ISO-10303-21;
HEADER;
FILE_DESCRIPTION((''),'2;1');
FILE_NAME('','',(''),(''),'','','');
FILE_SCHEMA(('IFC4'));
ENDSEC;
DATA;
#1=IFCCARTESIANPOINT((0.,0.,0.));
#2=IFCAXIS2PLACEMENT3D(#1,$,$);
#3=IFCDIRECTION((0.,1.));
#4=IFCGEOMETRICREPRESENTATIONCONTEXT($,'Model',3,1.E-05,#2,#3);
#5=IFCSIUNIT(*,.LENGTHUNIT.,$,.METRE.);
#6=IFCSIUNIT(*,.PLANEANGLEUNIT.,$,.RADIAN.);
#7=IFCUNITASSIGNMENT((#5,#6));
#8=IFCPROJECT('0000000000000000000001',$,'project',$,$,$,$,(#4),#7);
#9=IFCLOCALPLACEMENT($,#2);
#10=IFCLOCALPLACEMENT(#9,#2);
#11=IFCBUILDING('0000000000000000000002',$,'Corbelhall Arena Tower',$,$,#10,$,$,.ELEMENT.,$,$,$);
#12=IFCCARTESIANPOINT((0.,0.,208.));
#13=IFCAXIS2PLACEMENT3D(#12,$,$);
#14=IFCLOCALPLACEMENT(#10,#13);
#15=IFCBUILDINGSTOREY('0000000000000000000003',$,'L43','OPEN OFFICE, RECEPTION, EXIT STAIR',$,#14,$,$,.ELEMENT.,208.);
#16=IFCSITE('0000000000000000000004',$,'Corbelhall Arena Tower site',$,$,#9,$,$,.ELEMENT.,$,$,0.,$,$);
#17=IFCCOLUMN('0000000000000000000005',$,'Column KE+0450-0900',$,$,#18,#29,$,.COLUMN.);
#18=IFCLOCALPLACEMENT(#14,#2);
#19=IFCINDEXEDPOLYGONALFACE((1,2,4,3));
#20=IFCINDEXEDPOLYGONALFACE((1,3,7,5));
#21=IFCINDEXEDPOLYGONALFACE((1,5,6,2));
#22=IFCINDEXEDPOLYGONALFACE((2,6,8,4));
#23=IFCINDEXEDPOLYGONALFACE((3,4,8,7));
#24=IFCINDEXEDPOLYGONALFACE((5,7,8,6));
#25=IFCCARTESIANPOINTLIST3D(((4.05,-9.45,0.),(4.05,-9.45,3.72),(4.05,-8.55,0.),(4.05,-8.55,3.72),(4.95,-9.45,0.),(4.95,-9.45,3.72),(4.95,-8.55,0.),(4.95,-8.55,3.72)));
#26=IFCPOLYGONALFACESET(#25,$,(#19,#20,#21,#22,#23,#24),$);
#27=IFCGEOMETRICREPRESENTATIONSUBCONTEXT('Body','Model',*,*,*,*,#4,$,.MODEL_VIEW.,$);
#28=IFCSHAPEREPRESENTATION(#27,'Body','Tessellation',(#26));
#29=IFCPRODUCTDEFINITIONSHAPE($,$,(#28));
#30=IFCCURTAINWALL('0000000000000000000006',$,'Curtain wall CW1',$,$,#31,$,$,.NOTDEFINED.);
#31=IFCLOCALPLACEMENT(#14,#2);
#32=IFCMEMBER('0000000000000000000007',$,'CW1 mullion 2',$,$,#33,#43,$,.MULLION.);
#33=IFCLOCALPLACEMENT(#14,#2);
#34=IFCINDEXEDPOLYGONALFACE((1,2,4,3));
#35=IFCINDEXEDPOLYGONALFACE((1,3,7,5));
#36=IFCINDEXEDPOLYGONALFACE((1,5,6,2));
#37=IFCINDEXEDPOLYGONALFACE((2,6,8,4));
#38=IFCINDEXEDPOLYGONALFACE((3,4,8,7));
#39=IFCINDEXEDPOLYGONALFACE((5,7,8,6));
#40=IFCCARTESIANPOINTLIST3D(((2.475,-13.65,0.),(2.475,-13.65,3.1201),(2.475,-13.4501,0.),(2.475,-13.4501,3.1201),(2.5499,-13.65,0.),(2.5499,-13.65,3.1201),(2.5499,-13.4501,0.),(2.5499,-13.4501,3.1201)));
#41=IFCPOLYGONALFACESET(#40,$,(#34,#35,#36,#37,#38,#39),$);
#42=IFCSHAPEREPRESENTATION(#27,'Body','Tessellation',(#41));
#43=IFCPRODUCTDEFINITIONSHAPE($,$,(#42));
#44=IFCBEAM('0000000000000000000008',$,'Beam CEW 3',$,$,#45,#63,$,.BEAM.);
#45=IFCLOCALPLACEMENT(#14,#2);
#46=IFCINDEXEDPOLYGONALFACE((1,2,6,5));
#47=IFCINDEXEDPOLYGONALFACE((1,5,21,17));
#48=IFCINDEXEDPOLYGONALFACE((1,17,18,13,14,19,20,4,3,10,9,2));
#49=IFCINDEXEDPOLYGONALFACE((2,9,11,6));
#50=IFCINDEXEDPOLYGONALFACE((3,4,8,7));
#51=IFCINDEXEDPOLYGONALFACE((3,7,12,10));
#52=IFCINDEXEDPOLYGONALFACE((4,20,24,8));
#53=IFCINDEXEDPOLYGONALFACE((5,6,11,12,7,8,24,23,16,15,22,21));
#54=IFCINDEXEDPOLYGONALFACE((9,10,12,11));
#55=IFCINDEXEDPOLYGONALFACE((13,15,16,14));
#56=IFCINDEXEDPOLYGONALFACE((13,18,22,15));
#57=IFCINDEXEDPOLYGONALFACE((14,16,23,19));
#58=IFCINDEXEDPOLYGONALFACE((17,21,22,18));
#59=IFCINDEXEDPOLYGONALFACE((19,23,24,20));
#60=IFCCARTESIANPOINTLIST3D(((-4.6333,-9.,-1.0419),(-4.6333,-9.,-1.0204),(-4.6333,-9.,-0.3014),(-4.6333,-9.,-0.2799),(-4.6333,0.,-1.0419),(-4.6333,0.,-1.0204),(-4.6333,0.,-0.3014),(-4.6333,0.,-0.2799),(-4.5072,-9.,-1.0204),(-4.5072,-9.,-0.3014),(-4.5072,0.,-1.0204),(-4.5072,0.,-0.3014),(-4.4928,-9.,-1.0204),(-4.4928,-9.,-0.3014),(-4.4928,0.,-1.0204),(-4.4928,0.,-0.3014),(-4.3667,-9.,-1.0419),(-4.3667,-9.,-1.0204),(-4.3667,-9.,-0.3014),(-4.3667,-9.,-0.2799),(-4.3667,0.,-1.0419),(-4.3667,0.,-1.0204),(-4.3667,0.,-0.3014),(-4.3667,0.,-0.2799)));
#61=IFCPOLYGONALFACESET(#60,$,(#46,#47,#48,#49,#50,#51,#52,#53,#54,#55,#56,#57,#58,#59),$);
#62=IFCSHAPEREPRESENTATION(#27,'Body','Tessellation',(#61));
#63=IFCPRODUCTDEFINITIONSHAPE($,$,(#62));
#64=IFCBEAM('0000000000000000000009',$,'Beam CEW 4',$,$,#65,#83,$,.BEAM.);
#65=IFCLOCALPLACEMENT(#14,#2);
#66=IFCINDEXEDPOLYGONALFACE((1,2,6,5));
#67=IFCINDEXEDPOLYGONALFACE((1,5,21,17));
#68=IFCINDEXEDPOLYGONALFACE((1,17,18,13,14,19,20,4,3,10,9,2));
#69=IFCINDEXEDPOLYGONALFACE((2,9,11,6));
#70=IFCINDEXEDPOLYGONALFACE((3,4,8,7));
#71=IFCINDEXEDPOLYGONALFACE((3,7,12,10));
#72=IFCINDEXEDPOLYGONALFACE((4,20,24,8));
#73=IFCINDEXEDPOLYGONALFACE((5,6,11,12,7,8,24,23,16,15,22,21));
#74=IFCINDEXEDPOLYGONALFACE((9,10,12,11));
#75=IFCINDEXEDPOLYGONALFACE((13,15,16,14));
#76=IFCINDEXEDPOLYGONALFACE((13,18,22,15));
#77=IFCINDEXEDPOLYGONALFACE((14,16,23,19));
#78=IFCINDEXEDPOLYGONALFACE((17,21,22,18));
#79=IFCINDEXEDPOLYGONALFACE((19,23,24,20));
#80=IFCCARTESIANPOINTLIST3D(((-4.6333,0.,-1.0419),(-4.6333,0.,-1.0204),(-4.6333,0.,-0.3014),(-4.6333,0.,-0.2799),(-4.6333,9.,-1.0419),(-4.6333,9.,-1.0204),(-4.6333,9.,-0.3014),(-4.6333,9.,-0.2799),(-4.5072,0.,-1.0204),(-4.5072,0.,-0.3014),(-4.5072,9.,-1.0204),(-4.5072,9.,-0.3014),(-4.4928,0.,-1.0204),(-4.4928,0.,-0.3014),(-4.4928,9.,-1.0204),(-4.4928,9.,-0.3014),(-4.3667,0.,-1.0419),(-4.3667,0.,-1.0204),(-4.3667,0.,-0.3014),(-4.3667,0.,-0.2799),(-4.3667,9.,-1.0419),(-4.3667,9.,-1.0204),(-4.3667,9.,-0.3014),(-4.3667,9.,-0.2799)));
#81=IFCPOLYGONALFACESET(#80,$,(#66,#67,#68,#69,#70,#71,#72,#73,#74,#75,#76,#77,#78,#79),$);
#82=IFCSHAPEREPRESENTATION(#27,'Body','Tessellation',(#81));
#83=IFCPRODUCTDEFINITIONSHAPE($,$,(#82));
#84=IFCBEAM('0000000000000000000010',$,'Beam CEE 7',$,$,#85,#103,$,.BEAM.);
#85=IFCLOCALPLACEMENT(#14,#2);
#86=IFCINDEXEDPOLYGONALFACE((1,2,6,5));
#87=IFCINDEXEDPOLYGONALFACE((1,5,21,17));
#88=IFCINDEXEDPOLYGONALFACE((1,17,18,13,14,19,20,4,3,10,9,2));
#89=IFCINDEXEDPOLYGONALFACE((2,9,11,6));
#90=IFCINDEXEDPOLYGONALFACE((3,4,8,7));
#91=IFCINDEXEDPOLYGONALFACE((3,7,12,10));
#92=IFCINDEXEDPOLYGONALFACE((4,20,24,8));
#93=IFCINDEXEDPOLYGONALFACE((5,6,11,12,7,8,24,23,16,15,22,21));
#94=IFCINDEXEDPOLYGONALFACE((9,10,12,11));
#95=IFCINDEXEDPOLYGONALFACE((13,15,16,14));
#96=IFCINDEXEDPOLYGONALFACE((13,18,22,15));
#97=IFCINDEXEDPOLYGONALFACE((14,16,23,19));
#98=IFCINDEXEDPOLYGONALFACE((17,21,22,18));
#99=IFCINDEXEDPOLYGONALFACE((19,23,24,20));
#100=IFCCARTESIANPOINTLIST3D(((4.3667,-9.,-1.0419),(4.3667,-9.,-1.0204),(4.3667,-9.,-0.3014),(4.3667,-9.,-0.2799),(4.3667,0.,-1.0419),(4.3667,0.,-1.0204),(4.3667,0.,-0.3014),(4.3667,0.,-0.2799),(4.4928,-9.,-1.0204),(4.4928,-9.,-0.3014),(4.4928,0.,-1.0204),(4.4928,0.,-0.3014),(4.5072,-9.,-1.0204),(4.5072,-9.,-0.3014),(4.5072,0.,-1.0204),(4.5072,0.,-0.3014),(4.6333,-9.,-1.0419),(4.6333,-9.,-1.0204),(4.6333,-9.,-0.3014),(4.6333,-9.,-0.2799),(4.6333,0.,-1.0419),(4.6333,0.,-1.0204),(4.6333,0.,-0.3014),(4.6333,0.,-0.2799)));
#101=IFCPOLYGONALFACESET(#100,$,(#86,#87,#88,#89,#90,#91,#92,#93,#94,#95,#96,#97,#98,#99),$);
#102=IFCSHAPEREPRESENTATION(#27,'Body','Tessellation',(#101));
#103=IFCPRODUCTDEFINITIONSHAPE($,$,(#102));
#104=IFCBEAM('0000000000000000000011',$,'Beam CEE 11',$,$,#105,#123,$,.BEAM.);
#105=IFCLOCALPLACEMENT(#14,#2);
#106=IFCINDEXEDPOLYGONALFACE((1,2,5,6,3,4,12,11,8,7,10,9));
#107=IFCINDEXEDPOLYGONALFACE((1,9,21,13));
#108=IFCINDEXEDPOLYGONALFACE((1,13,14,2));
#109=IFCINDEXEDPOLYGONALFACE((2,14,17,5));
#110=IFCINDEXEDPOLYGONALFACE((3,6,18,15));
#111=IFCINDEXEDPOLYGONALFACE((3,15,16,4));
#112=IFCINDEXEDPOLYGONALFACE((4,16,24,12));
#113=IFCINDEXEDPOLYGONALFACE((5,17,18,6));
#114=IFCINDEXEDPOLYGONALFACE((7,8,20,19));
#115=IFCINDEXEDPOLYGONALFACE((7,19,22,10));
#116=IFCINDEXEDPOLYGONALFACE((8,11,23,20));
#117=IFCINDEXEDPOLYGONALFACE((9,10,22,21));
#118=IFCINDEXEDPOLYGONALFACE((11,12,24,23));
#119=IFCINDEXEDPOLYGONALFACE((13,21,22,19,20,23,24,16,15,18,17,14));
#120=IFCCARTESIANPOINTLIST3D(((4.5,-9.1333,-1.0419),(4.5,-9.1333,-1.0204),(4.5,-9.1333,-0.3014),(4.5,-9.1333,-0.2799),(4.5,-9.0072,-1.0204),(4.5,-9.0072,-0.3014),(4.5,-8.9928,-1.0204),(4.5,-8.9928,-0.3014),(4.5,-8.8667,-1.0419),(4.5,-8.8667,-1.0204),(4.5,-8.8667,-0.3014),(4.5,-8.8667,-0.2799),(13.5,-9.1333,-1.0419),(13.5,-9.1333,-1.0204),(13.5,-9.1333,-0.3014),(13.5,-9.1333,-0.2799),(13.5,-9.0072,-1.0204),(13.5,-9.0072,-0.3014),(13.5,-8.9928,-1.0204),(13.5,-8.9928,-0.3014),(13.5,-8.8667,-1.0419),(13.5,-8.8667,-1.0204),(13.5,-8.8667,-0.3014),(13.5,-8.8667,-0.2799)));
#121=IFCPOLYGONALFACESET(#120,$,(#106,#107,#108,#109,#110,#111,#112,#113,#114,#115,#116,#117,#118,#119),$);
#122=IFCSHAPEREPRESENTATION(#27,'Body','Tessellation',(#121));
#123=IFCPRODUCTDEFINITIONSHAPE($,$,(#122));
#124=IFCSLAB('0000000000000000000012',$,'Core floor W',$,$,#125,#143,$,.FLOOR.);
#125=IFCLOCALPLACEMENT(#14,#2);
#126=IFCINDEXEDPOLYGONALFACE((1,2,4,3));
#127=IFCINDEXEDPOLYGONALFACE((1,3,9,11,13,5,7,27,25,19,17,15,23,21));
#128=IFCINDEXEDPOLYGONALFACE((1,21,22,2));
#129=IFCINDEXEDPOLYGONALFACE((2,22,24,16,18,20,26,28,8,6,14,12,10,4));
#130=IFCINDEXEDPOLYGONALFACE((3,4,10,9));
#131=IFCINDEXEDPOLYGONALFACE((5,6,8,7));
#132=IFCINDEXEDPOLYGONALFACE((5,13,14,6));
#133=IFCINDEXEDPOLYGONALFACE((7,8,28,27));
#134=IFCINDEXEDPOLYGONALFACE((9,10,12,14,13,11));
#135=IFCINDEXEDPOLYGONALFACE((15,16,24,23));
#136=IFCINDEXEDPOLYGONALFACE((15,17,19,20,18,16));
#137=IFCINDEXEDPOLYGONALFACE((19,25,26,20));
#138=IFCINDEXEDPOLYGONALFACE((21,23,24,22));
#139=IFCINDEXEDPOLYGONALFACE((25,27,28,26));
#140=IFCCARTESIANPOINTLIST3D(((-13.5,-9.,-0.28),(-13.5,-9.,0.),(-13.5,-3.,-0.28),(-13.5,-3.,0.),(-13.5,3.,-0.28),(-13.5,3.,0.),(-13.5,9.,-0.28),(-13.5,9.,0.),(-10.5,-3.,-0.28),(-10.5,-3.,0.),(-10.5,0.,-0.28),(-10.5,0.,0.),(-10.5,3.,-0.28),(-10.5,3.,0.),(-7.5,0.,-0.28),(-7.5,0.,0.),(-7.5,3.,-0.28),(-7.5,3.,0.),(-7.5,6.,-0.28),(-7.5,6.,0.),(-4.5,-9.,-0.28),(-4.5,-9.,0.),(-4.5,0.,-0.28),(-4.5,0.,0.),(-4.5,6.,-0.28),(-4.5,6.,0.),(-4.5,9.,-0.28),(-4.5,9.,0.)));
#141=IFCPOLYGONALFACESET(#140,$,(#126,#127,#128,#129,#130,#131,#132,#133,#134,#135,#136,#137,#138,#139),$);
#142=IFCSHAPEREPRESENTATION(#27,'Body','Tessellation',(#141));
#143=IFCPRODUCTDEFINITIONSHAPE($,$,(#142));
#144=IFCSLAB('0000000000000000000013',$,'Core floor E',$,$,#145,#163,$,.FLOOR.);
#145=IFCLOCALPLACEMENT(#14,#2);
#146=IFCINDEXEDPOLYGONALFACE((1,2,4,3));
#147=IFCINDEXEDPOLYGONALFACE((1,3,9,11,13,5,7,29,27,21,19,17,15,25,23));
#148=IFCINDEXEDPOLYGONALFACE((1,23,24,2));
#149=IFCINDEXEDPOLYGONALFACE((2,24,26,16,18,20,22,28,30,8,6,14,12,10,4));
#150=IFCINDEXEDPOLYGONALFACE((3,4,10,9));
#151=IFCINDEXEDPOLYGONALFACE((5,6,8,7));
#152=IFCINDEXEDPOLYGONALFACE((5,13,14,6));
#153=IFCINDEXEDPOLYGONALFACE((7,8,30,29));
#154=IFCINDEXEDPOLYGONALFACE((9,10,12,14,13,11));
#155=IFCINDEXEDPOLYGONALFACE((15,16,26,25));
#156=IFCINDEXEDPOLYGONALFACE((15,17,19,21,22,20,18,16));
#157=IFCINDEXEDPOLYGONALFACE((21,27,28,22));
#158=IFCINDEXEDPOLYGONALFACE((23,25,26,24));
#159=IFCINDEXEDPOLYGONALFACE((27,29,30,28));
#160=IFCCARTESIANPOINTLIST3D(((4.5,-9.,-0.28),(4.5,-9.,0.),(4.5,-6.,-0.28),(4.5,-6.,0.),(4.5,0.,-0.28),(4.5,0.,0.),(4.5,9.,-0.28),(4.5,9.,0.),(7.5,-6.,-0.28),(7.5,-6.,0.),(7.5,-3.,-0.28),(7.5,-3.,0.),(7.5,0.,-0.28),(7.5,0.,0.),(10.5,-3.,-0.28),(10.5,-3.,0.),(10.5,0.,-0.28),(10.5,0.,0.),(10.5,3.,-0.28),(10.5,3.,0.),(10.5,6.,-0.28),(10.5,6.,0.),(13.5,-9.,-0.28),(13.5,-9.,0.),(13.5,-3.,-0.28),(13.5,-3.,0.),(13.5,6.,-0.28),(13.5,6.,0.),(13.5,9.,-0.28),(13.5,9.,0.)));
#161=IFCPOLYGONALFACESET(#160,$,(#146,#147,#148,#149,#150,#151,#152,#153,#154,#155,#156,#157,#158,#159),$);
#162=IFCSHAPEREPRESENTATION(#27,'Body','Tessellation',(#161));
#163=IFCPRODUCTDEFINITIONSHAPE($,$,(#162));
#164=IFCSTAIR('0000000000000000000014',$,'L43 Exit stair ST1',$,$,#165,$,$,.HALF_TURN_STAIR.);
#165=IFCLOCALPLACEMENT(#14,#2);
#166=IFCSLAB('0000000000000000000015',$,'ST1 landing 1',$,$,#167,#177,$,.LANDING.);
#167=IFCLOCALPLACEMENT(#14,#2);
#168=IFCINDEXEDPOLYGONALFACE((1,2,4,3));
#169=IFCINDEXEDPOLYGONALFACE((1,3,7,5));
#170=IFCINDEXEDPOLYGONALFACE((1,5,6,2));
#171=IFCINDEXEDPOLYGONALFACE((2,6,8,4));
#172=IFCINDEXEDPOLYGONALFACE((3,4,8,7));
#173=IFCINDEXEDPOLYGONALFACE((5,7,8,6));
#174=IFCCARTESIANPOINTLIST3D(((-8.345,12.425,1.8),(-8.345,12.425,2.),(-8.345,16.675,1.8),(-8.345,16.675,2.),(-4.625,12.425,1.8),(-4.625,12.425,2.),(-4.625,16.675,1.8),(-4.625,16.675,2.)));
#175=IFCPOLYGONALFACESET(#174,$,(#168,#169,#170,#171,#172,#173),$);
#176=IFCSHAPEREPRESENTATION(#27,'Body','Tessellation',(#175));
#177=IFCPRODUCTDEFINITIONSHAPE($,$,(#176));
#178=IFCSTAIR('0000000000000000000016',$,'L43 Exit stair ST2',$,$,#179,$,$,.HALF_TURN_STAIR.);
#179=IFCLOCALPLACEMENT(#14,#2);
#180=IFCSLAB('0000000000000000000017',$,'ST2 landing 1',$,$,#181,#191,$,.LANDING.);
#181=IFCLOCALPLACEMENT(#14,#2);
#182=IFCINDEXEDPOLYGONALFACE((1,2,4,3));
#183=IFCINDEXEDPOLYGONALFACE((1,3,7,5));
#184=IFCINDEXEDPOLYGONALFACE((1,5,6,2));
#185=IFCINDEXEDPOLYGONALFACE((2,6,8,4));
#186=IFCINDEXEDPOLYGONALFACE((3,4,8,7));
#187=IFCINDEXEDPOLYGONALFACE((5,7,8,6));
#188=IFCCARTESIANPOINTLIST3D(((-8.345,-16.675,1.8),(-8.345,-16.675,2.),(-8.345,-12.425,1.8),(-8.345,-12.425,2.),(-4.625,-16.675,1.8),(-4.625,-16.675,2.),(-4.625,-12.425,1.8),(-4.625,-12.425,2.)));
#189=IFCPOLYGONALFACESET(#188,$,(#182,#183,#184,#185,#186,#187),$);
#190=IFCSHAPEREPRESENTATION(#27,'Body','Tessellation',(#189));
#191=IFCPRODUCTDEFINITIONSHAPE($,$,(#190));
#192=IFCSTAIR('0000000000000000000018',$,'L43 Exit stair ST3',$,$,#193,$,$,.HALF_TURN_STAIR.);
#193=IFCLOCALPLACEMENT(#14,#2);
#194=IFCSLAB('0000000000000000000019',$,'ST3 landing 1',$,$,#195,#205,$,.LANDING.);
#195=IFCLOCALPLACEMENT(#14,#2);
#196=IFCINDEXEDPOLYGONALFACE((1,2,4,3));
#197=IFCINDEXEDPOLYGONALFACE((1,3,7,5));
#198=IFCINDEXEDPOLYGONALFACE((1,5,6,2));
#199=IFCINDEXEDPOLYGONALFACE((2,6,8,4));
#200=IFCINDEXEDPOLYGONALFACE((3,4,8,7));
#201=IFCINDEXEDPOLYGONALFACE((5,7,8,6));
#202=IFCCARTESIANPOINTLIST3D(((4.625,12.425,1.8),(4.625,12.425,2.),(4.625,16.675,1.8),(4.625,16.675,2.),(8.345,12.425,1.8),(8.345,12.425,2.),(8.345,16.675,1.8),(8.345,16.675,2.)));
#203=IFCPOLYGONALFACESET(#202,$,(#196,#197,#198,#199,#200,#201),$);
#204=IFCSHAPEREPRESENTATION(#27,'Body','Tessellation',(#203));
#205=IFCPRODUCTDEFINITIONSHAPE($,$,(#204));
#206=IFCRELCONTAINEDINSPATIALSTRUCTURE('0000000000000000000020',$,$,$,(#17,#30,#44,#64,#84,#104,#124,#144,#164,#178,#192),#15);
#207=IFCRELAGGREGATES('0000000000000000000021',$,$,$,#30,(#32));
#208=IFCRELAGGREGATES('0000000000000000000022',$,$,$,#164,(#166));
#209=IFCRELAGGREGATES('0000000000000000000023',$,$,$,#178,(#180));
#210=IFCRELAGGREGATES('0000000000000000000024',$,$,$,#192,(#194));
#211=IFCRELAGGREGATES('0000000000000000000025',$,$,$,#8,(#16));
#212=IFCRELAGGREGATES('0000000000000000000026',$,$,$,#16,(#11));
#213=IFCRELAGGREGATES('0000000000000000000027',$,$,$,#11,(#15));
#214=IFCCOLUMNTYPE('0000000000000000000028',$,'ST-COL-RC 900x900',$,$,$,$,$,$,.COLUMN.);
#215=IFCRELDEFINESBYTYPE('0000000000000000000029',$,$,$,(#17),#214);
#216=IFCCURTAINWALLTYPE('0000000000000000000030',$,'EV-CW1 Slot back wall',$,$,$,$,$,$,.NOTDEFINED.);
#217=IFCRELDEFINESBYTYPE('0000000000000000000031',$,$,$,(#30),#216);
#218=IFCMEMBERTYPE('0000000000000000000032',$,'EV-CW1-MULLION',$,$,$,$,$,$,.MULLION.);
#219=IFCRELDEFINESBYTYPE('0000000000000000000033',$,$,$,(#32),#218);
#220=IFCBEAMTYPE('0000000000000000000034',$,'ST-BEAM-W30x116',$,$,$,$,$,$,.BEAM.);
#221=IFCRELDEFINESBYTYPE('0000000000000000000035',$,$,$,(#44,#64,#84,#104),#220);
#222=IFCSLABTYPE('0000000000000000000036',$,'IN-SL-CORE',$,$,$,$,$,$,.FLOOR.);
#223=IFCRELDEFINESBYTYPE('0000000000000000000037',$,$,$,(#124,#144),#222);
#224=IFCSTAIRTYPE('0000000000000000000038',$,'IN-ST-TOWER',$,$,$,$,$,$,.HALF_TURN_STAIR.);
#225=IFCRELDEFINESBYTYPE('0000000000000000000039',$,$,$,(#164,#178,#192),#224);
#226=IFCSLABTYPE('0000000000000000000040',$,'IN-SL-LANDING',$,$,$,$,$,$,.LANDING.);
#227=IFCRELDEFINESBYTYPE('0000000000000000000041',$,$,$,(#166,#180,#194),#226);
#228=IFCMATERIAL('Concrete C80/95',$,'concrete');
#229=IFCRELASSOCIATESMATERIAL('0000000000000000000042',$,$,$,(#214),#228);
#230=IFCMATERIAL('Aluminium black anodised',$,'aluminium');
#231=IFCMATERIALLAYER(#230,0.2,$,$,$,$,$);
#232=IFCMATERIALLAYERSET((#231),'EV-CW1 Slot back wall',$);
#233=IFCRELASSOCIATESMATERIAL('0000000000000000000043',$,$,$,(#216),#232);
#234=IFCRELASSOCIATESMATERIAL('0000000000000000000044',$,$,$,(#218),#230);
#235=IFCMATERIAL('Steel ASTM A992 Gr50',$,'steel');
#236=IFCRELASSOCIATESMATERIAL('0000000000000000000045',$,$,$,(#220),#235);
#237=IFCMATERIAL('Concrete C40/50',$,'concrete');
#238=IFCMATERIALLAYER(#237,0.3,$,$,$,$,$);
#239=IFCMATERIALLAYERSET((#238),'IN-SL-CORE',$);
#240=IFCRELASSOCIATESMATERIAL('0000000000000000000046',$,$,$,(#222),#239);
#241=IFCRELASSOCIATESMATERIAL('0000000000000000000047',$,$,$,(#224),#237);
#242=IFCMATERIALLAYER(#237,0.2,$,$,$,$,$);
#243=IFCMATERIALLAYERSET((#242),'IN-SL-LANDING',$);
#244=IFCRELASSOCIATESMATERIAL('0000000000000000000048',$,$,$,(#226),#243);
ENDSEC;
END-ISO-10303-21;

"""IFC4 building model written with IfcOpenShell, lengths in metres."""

from ifc_helpers import new_model, si_unit, direction, frame, origin, origin_2d, place, context, subcontext, project, spatial, polyline, rectangle, i_section, outline, extrude, material, layer, layer_set, material_profile, profile_set, type_object, element, aggregate, save


model = new_model("IFC4")

# Units and contexts
model_context = context("Model", 3, precision=1e-05, world=origin(), true_north=direction((0.0, 1.0)))
body_context = subcontext(model_context, "Body", "Model", "MODEL_VIEW")
ifc_project = project(units=[si_unit("LENGTHUNIT", "METRE"), si_unit("PLANEANGLEUNIT", "RADIAN")], contexts=[model_context])

# Site, building, storey
site_placement = place(None, origin())
site = spatial("IfcSite", under=ifc_project, at=site_placement, Name="Corbelhall Arena Tower site", CompositionType="ELEMENT", RefElevation=0.0)
building_placement = place(site_placement, origin())
building = spatial("IfcBuilding", under=site, at=building_placement, Name="Corbelhall Arena Tower", CompositionType="ELEMENT")
storey_placement = place(building_placement, frame((0.0, 0.0, 208.0)))
storey = spatial("IfcBuildingStorey", under=building, at=storey_placement, Name="L43", Description="OPEN OFFICE, RECEPTION, EXIT STAIR", CompositionType="ELEMENT", Elevation=208.0)

# Column
ifc_material_1 = material(Name="Concrete C80/95", Category="concrete")
ifc_material_profile_1 = material_profile(ifc_material_1, rectangle(XDim=0.8999, YDim=0.8999, at=origin_2d()))
ifc_profile_set_1 = profile_set([ifc_material_profile_1], Name="Concrete C80/95")
column_type = type_object("IfcColumnType", Name="ST-COL-RC 900x900", PredefinedType="COLUMN", material=ifc_profile_set_1)
column_placement = place(storey_placement, frame((4.5, -9.0, 0.0), z_axis=(0.0, 0.0, 1.0), x_axis=(1.0, 0.0, 0.0)))
element("IfcColumn", 1, at=column_placement, inside=storey, type_object=column_type, Name="Column KE+0450-0900", PredefinedType="COLUMN", context=body_context, shape_type="SweptSolid", body=[
    extrude(rectangle(XDim=0.8999, YDim=0.8999, at=origin_2d()), origin(), (0.0, 0.0, 1.0), 3.72),
])

# Curtain wall, member
ifc_material_2 = material(Name="Aluminium black anodised", Category="aluminium")
ifc_layer_1 = layer(ifc_material_2, 0.2)
ifc_layer_set_1 = layer_set([ifc_layer_1], Name="EV-CW1 Slot back wall")
curtain_wall_type = type_object("IfcCurtainWallType", Name="EV-CW1 Slot back wall", PredefinedType="NOTDEFINED", material=ifc_layer_set_1)
curtain_wall_placement = place(storey_placement, origin())
curtain_wall = element("IfcCurtainWall", 2, at=curtain_wall_placement, inside=storey, type_object=curtain_wall_type, Name="Curtain wall CW1", PredefinedType="NOTDEFINED")
ifc_material_profile_2 = material_profile(ifc_material_2, rectangle(XDim=0.2, YDim=0.075, at=origin_2d()))
ifc_profile_set_2 = profile_set([ifc_material_profile_2], Name="Aluminium black anodised")
member_type = type_object("IfcMemberType", Name="EV-CW1-MULLION", PredefinedType="MULLION", material=ifc_profile_set_2)
member_placement = place(storey_placement, frame((2.5125, -13.55, 0.0), z_axis=(0.0, 0.0, 1.0), x_axis=(0.0, 1.0, 0.0)))
member = element("IfcMember", 3, at=member_placement, type_object=member_type, Name="CW1 mullion 2", PredefinedType="MULLION", context=body_context, shape_type="SweptSolid", body=[
    extrude(rectangle(XDim=0.2, YDim=0.075, at=origin_2d()), origin(), (0.0, 0.0, 1.0), 3.1201),
])
aggregate(curtain_wall, [member])

# Beams
ifc_material_3 = material(Name="Steel ASTM A992 Gr50", Category="steel")
ifc_material_profile_3 = material_profile(ifc_material_3, i_section(OverallWidth=0.2666, OverallDepth=0.762, WebThickness=0.0144, FlangeThickness=0.0215, at=origin_2d()))
ifc_profile_set_3 = profile_set([ifc_material_profile_3], Name="Steel ASTM A992 Gr50")
beam_type = type_object("IfcBeamType", Name="ST-BEAM-W30x116", PredefinedType="BEAM", material=ifc_profile_set_3)
for number, where, z_axis, x_axis, name in (
    (4, (-4.5, -9.0, -0.6609), (0.0, 1.0, 0.0), (-1.0, 0.0, 0.0), "Beam CEW 3"),
    (5, (-4.5, 0.0, -0.6609), (0.0, 1.0, 0.0), (-1.0, 0.0, 0.0), "Beam CEW 4"),
    (6, (4.5, -9.0, -0.6609), (0.0, 1.0, 0.0), (-1.0, 0.0, 0.0), "Beam CEE 7"),
    (7, (4.5, -9.0, -0.6609), (1.0, 0.0, 0.0), (0.0, 1.0, 0.0), "Beam CEE 11"),
):
    element("IfcBeam", number, at=place(storey_placement, frame(where, z_axis=z_axis, x_axis=x_axis)), inside=storey, type_object=beam_type, Name=name, PredefinedType="BEAM", context=body_context, shape_type="SweptSolid", body=[
        extrude(i_section(OverallWidth=0.2666, OverallDepth=0.762, WebThickness=0.0144, FlangeThickness=0.0215, at=origin_2d()), origin(), (0.0, 0.0, 1.0), 9.0),
    ])

# Slabs
ifc_material_4 = material(Name="Concrete C40/50", Category="concrete")
ifc_layer_2 = layer(ifc_material_4, 0.3)
ifc_layer_set_2 = layer_set([ifc_layer_2], Name="IN-SL-CORE")
slab_type_1 = type_object("IfcSlabType", Name="IN-SL-CORE", PredefinedType="FLOOR", material=ifc_layer_set_2)
slab_1_placement = place(storey_placement, frame((0.0, 0.0, -0.28)))
element("IfcSlab", 8, at=slab_1_placement, inside=storey, type_object=slab_type_1, Name="Core floor W", PredefinedType="FLOOR", context=body_context, shape_type="SweptSolid", body=[
    extrude(outline(polyline([(-10.5, -3.0), (-13.5, -3.0), (-13.5, -9.0), (-4.5, -9.0), (-4.5, 0.0), (-7.5, 0.0), (-7.5, 3.0), (-7.5, 6.0), (-4.5, 6.0), (-4.5, 9.0), (-13.5, 9.0), (-13.5, 3.0), (-10.5, 3.0), (-10.5, 0.0), (-10.5, -3.0)])), origin(), (0.0, 0.0, 1.0), 0.28),
])
slab_2_placement = place(storey_placement, frame((0.0, 0.0, -0.28)))
element("IfcSlab", 9, at=slab_2_placement, inside=storey, type_object=slab_type_1, Name="Core floor E", PredefinedType="FLOOR", context=body_context, shape_type="SweptSolid", body=[
    extrude(outline(polyline([(13.5, -3.0), (10.5, -3.0), (10.5, 0.0), (10.5, 3.0), (10.5, 6.0), (13.5, 6.0), (13.5, 9.0), (4.5, 9.0), (4.5, 0.0), (7.5, 0.0), (7.5, -3.0), (7.5, -6.0), (4.5, -6.0), (4.5, -9.0), (13.5, -9.0), (13.5, -3.0)])), origin(), (0.0, 0.0, 1.0), 0.28),
])

# Stairs, slabs
stair_type = type_object("IfcStairType", Name="IN-ST-TOWER", PredefinedType="HALF_TURN_STAIR", material=ifc_material_4)
stair_1_placement = place(storey_placement, origin())
stair_1 = element("IfcStair", 10, at=stair_1_placement, inside=storey, type_object=stair_type, Name="L43 Exit stair ST1", PredefinedType="HALF_TURN_STAIR")
ifc_layer_3 = layer(ifc_material_4, 0.2)
ifc_layer_set_3 = layer_set([ifc_layer_3], Name="IN-SL-LANDING")
slab_type_2 = type_object("IfcSlabType", Name="IN-SL-LANDING", PredefinedType="LANDING", material=ifc_layer_set_3)
slab_3_placement = place(storey_placement, frame((0.0, 0.0, 1.8)))
slab_3 = element("IfcSlab", 11, at=slab_3_placement, type_object=slab_type_2, Name="ST1 landing 1", PredefinedType="LANDING", context=body_context, shape_type="SweptSolid", body=[
    extrude(outline(polyline([(-8.345, 12.425), (-4.625, 12.425), (-4.625, 16.675), (-8.345, 16.675), (-8.345, 12.425)])), origin(), (0.0, 0.0, 1.0), 0.2),
])
aggregate(stair_1, [slab_3])
stair_2_placement = place(storey_placement, origin())
stair_2 = element("IfcStair", 12, at=stair_2_placement, inside=storey, type_object=stair_type, Name="L43 Exit stair ST2", PredefinedType="HALF_TURN_STAIR")
slab_4_placement = place(storey_placement, frame((0.0, 0.0, 1.8)))
slab_4 = element("IfcSlab", 13, at=slab_4_placement, type_object=slab_type_2, Name="ST2 landing 1", PredefinedType="LANDING", context=body_context, shape_type="SweptSolid", body=[
    extrude(outline(polyline([(-8.345, -16.675), (-4.625, -16.675), (-4.625, -12.425), (-8.345, -12.425), (-8.345, -16.675)])), origin(), (0.0, 0.0, 1.0), 0.2),
])
aggregate(stair_2, [slab_4])
stair_3_placement = place(storey_placement, origin())
stair_3 = element("IfcStair", 14, at=stair_3_placement, inside=storey, type_object=stair_type, Name="L43 Exit stair ST3", PredefinedType="HALF_TURN_STAIR")
slab_5_placement = place(storey_placement, frame((0.0, 0.0, 1.8)))
slab_5 = element("IfcSlab", 15, at=slab_5_placement, type_object=slab_type_2, Name="ST3 landing 1", PredefinedType="LANDING", context=body_context, shape_type="SweptSolid", body=[
    extrude(outline(polyline([(8.345, 16.675), (4.625, 16.675), (4.625, 12.425), (8.345, 12.425), (8.345, 16.675)])), origin(), (0.0, 0.0, 1.0), 0.2),
])
aggregate(stair_3, [slab_5])

save(model, "model.ifc")
